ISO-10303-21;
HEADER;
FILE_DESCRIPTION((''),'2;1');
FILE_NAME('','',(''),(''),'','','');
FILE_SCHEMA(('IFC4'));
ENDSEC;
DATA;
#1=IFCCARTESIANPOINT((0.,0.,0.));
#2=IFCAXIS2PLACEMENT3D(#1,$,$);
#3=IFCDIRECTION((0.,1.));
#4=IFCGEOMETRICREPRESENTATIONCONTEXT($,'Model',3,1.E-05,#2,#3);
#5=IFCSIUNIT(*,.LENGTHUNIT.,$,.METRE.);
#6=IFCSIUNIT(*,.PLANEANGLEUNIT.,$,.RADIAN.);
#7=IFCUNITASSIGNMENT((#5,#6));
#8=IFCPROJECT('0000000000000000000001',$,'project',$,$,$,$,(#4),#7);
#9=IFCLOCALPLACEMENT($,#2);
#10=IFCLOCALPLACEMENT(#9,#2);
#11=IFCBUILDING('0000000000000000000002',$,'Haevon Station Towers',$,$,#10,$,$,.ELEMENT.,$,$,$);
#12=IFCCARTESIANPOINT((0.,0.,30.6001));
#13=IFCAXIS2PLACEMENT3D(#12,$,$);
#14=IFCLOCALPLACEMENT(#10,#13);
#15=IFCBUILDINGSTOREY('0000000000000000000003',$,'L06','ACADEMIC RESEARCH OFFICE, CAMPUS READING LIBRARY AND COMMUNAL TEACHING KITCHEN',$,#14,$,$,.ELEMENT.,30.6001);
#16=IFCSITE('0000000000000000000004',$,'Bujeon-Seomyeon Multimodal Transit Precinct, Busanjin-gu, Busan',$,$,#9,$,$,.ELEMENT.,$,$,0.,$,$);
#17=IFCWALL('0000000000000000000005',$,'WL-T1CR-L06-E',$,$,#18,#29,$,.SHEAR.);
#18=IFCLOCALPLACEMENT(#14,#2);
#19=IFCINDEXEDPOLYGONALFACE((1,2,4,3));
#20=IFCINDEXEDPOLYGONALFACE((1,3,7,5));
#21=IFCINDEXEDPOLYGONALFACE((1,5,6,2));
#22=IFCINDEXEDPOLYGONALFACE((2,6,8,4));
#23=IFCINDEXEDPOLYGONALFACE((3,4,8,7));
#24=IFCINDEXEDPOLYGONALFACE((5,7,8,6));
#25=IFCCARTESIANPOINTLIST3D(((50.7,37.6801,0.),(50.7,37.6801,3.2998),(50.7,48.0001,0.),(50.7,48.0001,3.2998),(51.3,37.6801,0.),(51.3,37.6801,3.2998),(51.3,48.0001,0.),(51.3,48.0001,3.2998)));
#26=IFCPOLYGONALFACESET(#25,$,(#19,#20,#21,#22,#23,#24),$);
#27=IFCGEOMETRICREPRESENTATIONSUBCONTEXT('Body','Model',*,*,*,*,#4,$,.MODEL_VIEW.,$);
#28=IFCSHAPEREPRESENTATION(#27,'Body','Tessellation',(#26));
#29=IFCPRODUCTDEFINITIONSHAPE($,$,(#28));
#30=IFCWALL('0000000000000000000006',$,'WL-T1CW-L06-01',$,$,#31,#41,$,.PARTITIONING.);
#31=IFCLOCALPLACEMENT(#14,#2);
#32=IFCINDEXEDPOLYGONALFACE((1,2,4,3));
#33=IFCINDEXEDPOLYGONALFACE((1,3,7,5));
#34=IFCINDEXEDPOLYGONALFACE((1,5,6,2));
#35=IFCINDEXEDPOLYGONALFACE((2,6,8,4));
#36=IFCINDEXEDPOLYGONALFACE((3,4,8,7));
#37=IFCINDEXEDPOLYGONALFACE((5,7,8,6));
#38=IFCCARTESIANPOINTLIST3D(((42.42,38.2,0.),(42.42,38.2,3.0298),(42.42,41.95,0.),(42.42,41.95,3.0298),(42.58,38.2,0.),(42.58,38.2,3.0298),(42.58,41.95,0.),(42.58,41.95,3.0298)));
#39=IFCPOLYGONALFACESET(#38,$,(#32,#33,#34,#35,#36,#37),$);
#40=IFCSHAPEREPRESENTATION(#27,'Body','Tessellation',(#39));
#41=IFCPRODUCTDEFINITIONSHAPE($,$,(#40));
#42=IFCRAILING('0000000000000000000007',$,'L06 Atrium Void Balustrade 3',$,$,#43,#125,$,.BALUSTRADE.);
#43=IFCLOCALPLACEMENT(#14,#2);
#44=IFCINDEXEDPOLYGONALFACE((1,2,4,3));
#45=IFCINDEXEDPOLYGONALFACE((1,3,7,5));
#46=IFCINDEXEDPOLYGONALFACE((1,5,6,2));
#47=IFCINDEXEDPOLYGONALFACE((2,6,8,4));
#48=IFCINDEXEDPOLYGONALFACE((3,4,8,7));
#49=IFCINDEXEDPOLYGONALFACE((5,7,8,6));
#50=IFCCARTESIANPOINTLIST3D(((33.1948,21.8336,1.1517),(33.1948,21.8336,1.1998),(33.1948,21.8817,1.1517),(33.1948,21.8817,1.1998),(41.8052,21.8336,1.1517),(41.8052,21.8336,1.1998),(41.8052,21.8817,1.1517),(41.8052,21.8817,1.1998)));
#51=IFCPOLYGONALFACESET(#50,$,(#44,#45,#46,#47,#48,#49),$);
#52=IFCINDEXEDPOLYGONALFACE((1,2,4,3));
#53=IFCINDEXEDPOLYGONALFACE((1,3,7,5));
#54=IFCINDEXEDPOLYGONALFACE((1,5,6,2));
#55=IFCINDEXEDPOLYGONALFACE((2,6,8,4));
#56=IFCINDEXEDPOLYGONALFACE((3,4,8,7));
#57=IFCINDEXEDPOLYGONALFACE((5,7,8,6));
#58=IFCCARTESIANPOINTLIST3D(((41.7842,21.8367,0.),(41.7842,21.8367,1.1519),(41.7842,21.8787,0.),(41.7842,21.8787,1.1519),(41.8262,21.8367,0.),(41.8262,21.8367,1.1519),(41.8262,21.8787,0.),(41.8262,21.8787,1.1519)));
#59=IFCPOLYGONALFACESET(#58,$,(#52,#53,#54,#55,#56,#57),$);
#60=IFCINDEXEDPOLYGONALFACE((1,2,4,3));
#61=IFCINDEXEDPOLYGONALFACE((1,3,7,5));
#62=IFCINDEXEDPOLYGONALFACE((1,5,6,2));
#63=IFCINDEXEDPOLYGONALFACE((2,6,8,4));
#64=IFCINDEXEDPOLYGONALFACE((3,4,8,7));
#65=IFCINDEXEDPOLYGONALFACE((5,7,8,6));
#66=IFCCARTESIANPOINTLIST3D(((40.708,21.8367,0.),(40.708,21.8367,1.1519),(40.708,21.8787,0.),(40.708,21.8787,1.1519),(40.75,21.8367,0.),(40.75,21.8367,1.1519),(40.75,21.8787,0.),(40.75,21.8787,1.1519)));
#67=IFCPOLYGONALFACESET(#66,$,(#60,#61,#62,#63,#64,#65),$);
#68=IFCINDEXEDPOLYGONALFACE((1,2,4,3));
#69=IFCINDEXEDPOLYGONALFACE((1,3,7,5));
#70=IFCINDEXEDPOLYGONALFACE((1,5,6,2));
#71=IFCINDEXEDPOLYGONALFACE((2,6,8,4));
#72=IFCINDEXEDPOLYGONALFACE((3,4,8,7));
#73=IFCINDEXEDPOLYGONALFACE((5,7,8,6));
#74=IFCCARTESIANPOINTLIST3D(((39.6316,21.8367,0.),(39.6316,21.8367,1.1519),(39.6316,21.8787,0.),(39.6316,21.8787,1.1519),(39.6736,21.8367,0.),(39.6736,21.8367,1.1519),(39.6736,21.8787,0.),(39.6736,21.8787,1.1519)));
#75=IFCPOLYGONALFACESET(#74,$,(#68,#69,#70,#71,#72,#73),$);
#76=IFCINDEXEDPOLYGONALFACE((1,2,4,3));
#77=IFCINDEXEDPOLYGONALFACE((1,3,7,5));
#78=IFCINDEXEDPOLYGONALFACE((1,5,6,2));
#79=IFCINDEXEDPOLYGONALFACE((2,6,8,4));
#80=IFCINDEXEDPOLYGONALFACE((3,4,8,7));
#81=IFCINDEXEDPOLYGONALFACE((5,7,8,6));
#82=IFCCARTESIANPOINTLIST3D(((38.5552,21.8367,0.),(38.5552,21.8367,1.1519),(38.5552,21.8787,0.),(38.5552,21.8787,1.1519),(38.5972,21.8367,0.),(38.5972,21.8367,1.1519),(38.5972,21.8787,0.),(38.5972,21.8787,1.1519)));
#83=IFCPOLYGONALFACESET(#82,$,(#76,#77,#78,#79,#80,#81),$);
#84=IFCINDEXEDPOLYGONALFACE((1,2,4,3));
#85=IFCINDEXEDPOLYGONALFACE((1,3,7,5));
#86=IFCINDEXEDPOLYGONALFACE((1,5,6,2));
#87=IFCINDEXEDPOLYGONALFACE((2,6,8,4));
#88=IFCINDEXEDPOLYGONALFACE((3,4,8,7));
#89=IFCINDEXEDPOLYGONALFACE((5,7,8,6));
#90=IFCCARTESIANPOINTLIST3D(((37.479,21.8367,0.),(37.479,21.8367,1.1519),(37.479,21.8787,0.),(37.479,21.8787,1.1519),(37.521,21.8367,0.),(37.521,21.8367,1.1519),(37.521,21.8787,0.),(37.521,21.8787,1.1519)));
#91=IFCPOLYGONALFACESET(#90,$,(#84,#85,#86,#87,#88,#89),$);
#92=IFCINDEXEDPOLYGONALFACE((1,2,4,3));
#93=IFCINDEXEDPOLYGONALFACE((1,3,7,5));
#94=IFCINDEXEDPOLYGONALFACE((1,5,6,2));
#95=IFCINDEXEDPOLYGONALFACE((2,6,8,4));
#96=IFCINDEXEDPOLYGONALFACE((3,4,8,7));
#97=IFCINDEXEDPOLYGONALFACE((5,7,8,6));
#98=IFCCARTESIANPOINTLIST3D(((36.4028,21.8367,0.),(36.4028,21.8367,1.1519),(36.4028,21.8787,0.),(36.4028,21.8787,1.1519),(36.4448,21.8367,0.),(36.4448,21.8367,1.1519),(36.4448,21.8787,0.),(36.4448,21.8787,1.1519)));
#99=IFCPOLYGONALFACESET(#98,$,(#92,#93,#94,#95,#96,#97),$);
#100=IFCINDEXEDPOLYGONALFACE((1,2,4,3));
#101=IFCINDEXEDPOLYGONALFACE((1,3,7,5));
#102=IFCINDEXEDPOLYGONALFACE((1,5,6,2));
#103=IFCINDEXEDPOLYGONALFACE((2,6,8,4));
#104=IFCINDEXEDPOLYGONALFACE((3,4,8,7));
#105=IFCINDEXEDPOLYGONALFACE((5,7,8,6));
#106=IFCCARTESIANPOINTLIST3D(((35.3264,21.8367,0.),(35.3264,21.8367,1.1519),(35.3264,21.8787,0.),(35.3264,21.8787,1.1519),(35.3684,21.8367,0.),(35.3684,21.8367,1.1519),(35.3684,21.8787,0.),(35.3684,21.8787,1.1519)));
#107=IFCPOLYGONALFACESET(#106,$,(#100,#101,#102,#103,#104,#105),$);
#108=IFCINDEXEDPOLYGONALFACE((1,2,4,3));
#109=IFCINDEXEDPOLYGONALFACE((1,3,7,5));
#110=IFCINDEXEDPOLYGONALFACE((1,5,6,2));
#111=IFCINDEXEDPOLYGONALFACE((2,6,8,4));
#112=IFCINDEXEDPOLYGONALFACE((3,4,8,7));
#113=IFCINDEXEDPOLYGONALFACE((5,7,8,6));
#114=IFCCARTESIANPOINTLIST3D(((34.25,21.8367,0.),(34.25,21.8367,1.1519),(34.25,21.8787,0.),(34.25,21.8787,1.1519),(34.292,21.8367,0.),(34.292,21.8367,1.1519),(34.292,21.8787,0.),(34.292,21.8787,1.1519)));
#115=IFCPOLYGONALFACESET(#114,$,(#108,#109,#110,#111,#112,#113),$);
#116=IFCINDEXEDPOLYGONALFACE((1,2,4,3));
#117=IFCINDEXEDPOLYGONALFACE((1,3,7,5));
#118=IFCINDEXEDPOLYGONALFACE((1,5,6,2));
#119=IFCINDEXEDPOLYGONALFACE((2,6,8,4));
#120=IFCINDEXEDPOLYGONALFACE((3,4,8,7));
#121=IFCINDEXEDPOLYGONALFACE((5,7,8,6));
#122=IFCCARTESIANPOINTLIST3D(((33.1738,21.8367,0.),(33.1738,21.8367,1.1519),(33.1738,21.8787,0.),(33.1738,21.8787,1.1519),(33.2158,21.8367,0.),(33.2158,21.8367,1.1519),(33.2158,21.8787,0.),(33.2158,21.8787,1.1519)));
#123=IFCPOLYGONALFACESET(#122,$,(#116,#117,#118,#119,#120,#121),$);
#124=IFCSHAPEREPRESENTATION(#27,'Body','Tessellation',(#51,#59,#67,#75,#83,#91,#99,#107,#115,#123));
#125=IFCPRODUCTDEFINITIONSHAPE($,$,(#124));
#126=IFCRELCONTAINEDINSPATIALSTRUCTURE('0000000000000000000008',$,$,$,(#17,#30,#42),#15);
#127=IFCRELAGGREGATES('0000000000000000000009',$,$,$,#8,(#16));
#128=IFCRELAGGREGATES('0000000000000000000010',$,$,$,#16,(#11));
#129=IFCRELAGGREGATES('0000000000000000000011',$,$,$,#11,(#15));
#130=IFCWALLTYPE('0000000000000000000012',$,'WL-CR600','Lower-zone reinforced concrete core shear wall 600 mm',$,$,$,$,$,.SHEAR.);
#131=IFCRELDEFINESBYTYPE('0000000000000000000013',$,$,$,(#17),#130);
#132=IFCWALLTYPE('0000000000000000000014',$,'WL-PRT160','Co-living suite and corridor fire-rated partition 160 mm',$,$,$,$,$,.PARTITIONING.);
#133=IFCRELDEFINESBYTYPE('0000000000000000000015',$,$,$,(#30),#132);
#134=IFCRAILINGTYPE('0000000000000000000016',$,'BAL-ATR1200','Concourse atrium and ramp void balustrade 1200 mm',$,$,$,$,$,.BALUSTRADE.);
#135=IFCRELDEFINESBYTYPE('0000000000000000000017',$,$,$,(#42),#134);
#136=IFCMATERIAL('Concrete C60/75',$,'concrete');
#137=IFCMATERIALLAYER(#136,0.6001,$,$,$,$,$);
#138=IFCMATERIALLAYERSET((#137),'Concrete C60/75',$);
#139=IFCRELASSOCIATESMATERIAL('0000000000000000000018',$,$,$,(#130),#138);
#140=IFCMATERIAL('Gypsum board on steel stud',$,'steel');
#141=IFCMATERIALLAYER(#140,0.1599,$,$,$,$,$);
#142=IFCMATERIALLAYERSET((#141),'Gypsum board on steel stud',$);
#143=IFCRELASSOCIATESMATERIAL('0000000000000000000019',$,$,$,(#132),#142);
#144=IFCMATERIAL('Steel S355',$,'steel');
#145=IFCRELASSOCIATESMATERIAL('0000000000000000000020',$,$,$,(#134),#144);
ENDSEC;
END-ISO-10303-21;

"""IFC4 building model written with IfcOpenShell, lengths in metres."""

from ifc_helpers import new_model, si_unit, direction, frame, frame_2d, origin, origin_2d, place, context, subcontext, project, spatial, rectangle, extrude, material, layer, layer_set, type_object, element, save


model = new_model("IFC4")

# Units and contexts
model_context = context("Model", 3, precision=1e-05, world=origin(), true_north=direction((0.0, 1.0)))
body_context = subcontext(model_context, "Body", "Model", "MODEL_VIEW")
ifc_project = project(units=[si_unit("LENGTHUNIT", "METRE"), si_unit("PLANEANGLEUNIT", "RADIAN")], contexts=[model_context])

# Site, building, storey
site_placement = place(None, origin())
site = spatial("IfcSite", under=ifc_project, at=site_placement, Name="Bujeon-Seomyeon Multimodal Transit Precinct, Busanjin-gu, Busan", CompositionType="ELEMENT", RefElevation=0.0)
building_placement = place(site_placement, origin())
building = spatial("IfcBuilding", under=site, at=building_placement, Name="Haevon Station Towers", CompositionType="ELEMENT")
storey_placement = place(building_placement, frame((0.0, 0.0, 30.6001)))
storey = spatial("IfcBuildingStorey", under=building, at=storey_placement, Name="L06", Description="ACADEMIC RESEARCH OFFICE, CAMPUS READING LIBRARY AND COMMUNAL TEACHING KITCHEN", CompositionType="ELEMENT", Elevation=30.6001)

# Shared definitions
ifc_material_1 = material(Name="Steel S355", Category="steel")

# Shared definitions
ifc_material_2 = material(Name="Gypsum board on steel stud", Category="steel")

# Walls
ifc_material_3 = material(Name="Concrete C60/75", Category="concrete")
ifc_layer_1 = layer(ifc_material_3, 0.6001)
ifc_layer_set_1 = layer_set([ifc_layer_1], Name="Concrete C60/75")
wall_type_1 = type_object("IfcWallType", Name="WL-CR600", Description="Lower-zone reinforced concrete core shear wall 600 mm", PredefinedType="SHEAR", material=ifc_layer_set_1)
wall_1_placement = place(storey_placement, frame((51.0, 37.6799, 0.0), z_axis=(0.0, 0.0, 1.0), x_axis=(0.0, 1.0, 0.0)))
element("IfcWall", 1, at=wall_1_placement, inside=storey, type_object=wall_type_1, Name="WL-T1CR-L06-E", PredefinedType="SHEAR", context=body_context, shape_type="SweptSolid", body=[
    extrude(rectangle(XDim=10.3201, YDim=0.6001, at=frame_2d((5.1602, 0.0))), origin(), (0.0, 0.0, 1.0), 3.2998),
])
ifc_layer_2 = layer(ifc_material_2, 0.1599)
ifc_layer_set_2 = layer_set([ifc_layer_2], Name="Gypsum board on steel stud")
wall_type_2 = type_object("IfcWallType", Name="WL-PRT160", Description="Co-living suite and corridor fire-rated partition 160 mm", PredefinedType="PARTITIONING", material=ifc_layer_set_2)
wall_2_placement = place(storey_placement, frame((42.5, 38.2, 0.0), z_axis=(0.0, 0.0, 1.0), x_axis=(0.0, 1.0, 0.0)))
element("IfcWall", 2, at=wall_2_placement, inside=storey, type_object=wall_type_2, Name="WL-T1CW-L06-01", PredefinedType="PARTITIONING", context=body_context, shape_type="SweptSolid", body=[
    extrude(rectangle(XDim=3.75, YDim=0.1599, at=frame_2d((1.875, 0.0))), origin(), (0.0, 0.0, 1.0), 3.0298),
])

# Railing
railing_type = type_object("IfcRailingType", Name="BAL-ATR1200", Description="Concourse atrium and ramp void balustrade 1200 mm", PredefinedType="BALUSTRADE", material=ifc_material_1)
railing_placement = place(storey_placement, frame((41.8052, 21.8577, 0.0)))
element("IfcRailing", 3, at=railing_placement, inside=storey, type_object=railing_type, Name="L06 Atrium Void Balustrade 3", PredefinedType="BALUSTRADE", context=body_context, shape_type="SweptSolid", body=[
    extrude(rectangle(XDim=0.0481, YDim=0.0481, at=origin_2d()), frame((0.0, 0.0, 1.1758), z_axis=(-1.0, 0.0, 0.0), x_axis=(0.0, -1.0, 0.0)), (0.0, 0.0, 1.0), 8.6104),
    extrude(rectangle(XDim=0.042, YDim=0.042, at=origin_2d()), origin(), (0.0, 0.0, 1.0), 1.1519),
    extrude(rectangle(XDim=0.042, YDim=0.042, at=origin_2d()), frame((-1.0762, 0.0, 0.0)), (0.0, 0.0, 1.0), 1.1519),
    extrude(rectangle(XDim=0.042, YDim=0.042, at=origin_2d()), frame((-2.1526, 0.0, 0.0)), (0.0, 0.0, 1.0), 1.1519),
    extrude(rectangle(XDim=0.042, YDim=0.042, at=origin_2d()), frame((-3.229, 0.0, 0.0)), (0.0, 0.0, 1.0), 1.1519),
    extrude(rectangle(XDim=0.042, YDim=0.042, at=origin_2d()), frame((-4.3052, 0.0, 0.0)), (0.0, 0.0, 1.0), 1.1519),
    extrude(rectangle(XDim=0.042, YDim=0.042, at=origin_2d()), frame((-5.3813, 0.0, 0.0)), (0.0, 0.0, 1.0), 1.1519),
    extrude(rectangle(XDim=0.042, YDim=0.042, at=origin_2d()), frame((-6.4578, 0.0, 0.0)), (0.0, 0.0, 1.0), 1.1519),
    extrude(rectangle(XDim=0.042, YDim=0.042, at=origin_2d()), frame((-7.5342, 0.0, 0.0)), (0.0, 0.0, 1.0), 1.1519),
    extrude(rectangle(XDim=0.042, YDim=0.042, at=origin_2d()), frame((-8.6104, 0.0, 0.0)), (0.0, 0.0, 1.0), 1.1519),
])

save(model, "model.ifc")
